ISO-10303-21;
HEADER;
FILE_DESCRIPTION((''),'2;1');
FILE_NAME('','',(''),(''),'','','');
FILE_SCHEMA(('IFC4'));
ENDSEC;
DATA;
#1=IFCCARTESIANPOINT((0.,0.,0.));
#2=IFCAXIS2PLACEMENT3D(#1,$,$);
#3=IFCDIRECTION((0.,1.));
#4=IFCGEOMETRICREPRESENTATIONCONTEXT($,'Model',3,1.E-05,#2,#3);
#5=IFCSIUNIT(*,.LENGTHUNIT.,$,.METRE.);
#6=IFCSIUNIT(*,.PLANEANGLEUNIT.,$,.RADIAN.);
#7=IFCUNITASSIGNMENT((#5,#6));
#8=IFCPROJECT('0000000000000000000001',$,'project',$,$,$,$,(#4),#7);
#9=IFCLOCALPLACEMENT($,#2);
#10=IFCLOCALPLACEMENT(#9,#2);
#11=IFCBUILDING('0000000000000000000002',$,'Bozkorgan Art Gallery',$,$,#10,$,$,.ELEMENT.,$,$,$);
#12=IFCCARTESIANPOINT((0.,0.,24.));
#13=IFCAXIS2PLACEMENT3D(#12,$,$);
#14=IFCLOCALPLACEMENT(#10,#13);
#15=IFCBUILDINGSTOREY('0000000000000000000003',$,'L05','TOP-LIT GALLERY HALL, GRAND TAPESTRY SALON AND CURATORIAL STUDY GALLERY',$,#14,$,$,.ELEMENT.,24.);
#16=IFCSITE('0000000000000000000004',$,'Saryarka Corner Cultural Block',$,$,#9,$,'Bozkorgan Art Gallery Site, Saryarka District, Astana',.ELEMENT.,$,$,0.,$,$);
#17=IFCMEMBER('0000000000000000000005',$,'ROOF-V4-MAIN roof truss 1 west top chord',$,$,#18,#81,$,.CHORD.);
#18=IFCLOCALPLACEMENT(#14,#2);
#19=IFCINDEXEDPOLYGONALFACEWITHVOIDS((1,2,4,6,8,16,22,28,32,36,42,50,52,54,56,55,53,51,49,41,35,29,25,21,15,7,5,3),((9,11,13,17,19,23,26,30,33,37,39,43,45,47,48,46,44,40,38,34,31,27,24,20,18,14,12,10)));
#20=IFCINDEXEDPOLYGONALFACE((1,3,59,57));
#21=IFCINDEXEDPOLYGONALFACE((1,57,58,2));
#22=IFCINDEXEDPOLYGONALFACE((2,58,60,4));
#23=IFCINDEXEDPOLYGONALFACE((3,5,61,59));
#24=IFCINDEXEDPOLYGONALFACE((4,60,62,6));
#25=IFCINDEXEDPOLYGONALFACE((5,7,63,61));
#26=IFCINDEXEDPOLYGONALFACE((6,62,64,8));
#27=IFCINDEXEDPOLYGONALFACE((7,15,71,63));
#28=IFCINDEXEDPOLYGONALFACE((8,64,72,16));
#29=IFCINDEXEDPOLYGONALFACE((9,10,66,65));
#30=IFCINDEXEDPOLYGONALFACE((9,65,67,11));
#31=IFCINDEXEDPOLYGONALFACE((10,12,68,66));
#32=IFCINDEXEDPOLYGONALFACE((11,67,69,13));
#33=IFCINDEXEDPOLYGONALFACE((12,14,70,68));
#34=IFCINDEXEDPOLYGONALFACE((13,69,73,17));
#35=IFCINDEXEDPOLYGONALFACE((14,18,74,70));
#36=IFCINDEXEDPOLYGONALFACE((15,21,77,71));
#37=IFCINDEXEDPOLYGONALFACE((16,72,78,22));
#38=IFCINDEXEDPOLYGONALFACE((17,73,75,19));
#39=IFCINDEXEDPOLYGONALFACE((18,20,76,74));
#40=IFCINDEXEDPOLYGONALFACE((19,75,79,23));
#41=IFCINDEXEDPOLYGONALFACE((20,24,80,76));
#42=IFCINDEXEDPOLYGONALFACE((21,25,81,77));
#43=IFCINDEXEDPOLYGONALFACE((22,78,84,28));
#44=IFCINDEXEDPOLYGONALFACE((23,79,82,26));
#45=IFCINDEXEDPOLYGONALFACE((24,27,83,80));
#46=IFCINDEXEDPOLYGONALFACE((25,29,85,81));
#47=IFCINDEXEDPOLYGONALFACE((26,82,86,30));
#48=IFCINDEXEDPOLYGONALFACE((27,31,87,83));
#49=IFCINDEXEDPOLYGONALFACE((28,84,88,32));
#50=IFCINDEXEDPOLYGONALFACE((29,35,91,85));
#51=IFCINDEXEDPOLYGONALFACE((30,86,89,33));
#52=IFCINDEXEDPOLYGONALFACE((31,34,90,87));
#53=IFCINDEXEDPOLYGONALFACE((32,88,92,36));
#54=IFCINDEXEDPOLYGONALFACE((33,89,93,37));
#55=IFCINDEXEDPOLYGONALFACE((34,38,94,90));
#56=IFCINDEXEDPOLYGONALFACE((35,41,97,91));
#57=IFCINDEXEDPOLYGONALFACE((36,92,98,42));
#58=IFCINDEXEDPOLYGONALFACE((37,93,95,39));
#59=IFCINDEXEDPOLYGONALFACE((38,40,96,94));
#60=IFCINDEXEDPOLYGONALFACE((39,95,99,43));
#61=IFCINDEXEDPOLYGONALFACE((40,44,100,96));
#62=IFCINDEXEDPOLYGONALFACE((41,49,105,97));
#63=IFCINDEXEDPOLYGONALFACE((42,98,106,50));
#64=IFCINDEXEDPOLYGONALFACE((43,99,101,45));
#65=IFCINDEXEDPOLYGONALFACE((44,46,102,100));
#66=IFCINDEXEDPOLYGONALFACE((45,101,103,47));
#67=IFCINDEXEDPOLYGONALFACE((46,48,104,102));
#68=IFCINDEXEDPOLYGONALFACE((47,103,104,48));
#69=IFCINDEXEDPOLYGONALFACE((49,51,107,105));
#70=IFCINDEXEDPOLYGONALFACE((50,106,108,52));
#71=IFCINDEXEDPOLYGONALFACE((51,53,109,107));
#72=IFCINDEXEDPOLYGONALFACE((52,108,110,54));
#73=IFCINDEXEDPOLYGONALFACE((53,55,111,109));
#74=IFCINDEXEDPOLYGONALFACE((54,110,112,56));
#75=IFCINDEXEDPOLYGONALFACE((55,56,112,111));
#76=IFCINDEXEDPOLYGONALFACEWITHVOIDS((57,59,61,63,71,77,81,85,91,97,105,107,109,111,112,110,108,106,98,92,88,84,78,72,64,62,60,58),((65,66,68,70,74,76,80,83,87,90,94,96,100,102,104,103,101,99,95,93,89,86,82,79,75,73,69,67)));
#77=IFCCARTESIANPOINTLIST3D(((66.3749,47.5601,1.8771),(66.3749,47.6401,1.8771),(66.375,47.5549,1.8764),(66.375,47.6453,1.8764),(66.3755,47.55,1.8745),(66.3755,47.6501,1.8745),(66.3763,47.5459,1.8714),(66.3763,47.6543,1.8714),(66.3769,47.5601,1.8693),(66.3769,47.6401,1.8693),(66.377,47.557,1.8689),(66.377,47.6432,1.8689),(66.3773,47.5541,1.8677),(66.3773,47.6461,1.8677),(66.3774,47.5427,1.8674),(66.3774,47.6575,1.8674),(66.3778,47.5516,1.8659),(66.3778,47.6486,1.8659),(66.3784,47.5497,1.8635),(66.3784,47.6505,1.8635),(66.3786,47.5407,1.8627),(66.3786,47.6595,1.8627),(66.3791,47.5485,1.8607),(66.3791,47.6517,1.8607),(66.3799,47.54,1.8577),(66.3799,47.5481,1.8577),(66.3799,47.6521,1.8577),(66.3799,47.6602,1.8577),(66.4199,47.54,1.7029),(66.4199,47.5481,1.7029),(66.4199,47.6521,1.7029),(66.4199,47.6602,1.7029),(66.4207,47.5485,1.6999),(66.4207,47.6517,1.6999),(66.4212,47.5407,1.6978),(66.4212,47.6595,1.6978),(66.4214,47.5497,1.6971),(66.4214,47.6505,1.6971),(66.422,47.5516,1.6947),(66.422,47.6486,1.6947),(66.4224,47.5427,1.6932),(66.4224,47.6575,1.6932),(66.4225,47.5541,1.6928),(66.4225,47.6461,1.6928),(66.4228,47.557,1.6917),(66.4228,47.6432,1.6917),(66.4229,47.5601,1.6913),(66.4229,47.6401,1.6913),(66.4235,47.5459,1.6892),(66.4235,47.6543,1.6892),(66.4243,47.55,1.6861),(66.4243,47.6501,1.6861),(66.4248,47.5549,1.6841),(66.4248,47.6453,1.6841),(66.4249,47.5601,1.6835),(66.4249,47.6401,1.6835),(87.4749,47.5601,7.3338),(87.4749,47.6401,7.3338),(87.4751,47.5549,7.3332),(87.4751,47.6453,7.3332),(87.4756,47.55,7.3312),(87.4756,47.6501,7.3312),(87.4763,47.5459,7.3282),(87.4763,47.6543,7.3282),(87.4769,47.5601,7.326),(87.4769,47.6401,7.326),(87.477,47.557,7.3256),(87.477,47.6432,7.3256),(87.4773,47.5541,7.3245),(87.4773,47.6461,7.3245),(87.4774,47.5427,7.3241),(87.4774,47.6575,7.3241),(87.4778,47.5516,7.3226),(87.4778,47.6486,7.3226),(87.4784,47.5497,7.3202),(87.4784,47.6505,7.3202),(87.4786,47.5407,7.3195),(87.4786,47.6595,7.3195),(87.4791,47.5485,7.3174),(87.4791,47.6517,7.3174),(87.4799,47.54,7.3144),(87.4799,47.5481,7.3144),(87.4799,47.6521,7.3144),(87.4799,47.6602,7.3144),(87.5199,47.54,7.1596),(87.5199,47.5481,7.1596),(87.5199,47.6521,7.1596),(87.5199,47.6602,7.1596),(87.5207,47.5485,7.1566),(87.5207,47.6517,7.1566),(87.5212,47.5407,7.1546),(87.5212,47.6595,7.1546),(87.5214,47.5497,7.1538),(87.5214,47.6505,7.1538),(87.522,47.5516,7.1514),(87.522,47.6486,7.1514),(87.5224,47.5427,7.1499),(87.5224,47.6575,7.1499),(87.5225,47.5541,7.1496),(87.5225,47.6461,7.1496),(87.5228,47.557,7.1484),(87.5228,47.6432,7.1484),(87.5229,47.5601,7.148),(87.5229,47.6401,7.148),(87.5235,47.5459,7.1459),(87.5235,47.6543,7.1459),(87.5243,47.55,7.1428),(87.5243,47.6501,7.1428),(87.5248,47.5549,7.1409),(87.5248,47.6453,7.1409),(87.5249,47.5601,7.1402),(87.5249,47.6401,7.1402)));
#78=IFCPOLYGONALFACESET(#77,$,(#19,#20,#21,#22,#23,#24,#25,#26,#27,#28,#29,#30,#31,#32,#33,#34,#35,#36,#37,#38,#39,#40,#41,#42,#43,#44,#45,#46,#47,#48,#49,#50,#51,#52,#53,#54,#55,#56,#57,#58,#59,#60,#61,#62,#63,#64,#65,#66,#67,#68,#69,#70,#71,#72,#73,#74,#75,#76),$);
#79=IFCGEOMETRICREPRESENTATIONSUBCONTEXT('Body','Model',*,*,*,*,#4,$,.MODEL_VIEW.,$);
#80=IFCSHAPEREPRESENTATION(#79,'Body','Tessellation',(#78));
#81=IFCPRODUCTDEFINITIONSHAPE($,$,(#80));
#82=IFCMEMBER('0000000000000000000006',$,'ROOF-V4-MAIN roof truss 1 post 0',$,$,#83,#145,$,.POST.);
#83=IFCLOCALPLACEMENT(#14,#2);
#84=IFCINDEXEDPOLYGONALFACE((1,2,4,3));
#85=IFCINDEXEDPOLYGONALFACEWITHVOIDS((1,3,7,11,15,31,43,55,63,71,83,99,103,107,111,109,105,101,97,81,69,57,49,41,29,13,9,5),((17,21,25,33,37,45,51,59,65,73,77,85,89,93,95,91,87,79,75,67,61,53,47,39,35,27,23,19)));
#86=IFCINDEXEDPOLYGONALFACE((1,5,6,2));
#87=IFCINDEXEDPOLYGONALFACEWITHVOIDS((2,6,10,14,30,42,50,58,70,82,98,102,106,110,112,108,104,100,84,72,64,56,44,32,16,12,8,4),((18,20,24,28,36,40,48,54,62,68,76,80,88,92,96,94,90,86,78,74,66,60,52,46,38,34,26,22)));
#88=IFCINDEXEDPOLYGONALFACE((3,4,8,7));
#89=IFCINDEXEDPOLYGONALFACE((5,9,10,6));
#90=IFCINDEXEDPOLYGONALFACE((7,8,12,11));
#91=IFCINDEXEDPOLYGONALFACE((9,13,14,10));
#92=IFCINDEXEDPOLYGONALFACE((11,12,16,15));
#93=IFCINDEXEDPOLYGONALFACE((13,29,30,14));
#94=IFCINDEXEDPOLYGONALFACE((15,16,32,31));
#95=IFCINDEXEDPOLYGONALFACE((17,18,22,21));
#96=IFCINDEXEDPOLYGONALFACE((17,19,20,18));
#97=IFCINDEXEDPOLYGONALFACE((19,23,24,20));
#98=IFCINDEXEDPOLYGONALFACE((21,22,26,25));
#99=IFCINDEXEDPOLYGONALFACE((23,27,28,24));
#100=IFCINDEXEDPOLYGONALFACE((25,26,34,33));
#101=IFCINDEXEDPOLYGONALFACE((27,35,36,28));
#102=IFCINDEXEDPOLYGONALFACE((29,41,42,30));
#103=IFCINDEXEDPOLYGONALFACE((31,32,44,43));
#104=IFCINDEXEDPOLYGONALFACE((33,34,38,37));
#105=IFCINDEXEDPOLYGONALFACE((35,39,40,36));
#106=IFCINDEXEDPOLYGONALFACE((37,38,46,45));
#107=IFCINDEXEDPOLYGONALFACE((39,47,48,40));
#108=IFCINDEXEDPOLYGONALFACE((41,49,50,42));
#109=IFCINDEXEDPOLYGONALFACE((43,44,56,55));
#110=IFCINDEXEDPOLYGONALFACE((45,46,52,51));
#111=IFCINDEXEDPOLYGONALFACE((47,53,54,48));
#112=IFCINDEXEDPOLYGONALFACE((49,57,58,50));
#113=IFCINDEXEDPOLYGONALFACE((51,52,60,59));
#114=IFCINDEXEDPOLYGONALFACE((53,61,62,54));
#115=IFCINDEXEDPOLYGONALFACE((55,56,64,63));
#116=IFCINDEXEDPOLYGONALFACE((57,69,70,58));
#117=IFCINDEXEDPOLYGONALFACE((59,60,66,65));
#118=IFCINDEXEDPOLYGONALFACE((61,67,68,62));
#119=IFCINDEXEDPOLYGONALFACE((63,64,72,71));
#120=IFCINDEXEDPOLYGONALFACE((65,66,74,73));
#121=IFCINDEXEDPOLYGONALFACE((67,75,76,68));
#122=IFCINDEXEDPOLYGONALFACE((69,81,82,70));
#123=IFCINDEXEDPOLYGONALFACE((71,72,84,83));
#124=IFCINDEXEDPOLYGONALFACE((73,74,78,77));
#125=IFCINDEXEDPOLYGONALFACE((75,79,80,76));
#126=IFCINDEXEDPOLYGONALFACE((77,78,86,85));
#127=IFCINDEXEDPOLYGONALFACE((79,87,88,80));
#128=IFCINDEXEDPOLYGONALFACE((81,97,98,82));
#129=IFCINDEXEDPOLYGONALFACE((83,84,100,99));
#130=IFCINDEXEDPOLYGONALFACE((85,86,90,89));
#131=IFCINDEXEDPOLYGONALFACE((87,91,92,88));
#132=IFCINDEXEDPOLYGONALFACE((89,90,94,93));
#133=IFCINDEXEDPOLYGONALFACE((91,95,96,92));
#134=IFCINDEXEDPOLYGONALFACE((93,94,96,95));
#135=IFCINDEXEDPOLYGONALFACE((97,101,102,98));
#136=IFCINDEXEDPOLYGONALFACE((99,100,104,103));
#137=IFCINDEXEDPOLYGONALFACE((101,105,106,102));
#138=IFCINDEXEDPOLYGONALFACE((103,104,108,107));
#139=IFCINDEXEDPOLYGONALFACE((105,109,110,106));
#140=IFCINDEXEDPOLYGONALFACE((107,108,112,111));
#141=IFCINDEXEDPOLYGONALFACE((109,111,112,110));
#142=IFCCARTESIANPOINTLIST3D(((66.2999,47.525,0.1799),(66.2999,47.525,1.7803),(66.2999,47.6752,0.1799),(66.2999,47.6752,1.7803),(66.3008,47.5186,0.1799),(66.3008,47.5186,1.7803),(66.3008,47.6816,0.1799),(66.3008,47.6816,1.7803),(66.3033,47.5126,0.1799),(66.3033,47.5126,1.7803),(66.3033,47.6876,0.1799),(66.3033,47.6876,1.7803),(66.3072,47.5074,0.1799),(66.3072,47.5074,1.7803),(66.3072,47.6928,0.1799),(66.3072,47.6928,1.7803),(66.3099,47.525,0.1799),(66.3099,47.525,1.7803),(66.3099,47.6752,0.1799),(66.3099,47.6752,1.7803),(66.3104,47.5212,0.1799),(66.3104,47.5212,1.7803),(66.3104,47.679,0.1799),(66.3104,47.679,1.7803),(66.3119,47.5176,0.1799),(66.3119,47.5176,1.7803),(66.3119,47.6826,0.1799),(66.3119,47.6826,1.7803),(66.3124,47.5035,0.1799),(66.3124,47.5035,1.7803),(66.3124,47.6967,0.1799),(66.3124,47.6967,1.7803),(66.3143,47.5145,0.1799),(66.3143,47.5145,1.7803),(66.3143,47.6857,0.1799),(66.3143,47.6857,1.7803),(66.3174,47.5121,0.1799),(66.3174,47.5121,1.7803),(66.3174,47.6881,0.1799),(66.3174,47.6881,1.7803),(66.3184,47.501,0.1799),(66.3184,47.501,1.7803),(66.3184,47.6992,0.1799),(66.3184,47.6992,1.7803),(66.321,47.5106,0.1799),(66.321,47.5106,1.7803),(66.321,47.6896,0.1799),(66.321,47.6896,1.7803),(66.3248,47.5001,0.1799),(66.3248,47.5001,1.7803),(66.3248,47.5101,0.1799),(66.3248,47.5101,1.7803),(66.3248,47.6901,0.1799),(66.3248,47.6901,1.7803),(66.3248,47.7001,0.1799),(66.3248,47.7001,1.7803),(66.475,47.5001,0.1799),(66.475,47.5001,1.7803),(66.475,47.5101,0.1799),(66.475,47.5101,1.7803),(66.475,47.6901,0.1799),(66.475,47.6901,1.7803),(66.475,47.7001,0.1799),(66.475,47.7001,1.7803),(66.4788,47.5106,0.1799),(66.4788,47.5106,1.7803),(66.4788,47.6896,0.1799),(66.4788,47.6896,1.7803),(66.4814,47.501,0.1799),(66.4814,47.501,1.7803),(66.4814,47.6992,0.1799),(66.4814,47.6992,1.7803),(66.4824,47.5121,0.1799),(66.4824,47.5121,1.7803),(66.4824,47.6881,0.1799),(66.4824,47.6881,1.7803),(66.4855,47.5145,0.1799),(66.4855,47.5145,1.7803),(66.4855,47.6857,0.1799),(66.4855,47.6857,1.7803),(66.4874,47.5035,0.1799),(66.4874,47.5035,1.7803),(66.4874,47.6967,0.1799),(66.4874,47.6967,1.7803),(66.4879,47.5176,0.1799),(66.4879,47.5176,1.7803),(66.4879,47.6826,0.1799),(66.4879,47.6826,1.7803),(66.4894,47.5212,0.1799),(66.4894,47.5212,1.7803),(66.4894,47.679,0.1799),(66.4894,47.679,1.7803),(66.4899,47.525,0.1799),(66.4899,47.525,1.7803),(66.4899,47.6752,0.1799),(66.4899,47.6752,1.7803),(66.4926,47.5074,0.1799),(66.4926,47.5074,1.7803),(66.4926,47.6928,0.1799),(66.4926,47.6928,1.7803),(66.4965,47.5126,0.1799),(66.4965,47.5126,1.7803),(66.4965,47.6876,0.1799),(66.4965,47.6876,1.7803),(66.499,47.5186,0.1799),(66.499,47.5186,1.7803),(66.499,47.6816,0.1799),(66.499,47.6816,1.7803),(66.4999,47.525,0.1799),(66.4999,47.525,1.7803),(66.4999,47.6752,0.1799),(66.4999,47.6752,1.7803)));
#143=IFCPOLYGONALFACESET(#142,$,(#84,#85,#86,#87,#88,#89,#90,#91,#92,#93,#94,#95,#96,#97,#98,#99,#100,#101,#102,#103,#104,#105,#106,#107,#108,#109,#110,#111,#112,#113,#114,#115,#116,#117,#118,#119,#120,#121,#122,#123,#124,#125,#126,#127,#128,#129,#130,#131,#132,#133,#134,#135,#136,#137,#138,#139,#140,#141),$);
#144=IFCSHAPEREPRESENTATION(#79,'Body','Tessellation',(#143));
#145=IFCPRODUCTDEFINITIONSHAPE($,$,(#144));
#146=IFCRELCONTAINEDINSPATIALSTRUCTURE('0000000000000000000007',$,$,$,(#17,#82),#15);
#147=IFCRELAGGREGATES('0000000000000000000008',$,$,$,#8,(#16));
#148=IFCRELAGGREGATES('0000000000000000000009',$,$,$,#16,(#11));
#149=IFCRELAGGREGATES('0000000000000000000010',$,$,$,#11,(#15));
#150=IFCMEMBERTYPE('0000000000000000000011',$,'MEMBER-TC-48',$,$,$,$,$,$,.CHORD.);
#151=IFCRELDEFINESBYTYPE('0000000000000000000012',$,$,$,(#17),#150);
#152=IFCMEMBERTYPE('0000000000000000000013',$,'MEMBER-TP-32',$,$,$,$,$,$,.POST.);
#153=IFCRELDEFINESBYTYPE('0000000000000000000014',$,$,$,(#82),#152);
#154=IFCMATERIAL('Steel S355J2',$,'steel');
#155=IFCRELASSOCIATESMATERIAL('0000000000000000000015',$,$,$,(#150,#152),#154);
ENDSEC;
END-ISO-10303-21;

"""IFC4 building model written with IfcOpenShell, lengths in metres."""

from ifc_helpers import new_model, si_unit, direction, frame, origin, origin_2d, place, context, subcontext, project, spatial, hollow_rectangle, extrude, material, material_profile, profile_set, type_object, element, save


model = new_model("IFC4")

# Units and contexts
model_context = context("Model", 3, precision=1e-05, world=origin(), true_north=direction((0.0, 1.0)))
body_context = subcontext(model_context, "Body", "Model", "MODEL_VIEW")
ifc_project = project(units=[si_unit("LENGTHUNIT", "METRE"), si_unit("PLANEANGLEUNIT", "RADIAN")], contexts=[model_context])

# Site, building, storey
site_placement = place(None, origin())
site = spatial("IfcSite", under=ifc_project, at=site_placement, Name="Saryarka Corner Cultural Block", LongName="Bozkorgan Art Gallery Site, Saryarka District, Astana", CompositionType="ELEMENT", RefElevation=0.0)
building_placement = place(site_placement, origin())
building = spatial("IfcBuilding", under=site, at=building_placement, Name="Bozkorgan Art Gallery", CompositionType="ELEMENT")
storey_placement = place(building_placement, frame((0.0, 0.0, 24.0)))
storey = spatial("IfcBuildingStorey", under=building, at=storey_placement, Name="L05", Description="TOP-LIT GALLERY HALL, GRAND TAPESTRY SALON AND CURATORIAL STUDY GALLERY", CompositionType="ELEMENT", Elevation=24.0)

# Shared definitions
ifc_material_1 = material(Name="Steel S355J2", Category="steel")

# Members
ifc_material_profile_1 = material_profile(ifc_material_1, hollow_rectangle(XDim=0.1201, YDim=0.2, WallThickness=0.0081, InnerFilletRadius=0.012, OuterFilletRadius=0.02, at=origin_2d()), Name="RHS 200x120x8")
ifc_profile_set_1 = profile_set([ifc_material_profile_1], Name="Steel S355J2")
member_type_1 = type_object("IfcMemberType", Name="MEMBER-TC-48", PredefinedType="CHORD", material=ifc_profile_set_1)
member_1_placement = place(storey_placement, frame((66.3999, 47.6001, 1.7803), z_axis=(0.968148, 0.0, 0.250377), x_axis=(0.0, 1.0, 0.0)))
element("IfcMember", 1, at=member_1_placement, inside=storey, type_object=member_type_1, Name="ROOF-V4-MAIN roof truss 1 west top chord", PredefinedType="CHORD", context=body_context, shape_type="SweptSolid", body=[
    extrude(hollow_rectangle(XDim=0.1201, YDim=0.2, WallThickness=0.0081, InnerFilletRadius=0.012, OuterFilletRadius=0.02, at=origin_2d()), origin(), (0.0, 0.0, 1.0), 21.7942),
])
ifc_material_profile_2 = material_profile(ifc_material_1, hollow_rectangle(XDim=0.2, YDim=0.2, WallThickness=0.01, InnerFilletRadius=0.0149, OuterFilletRadius=0.0249, at=origin_2d()), Name="SHS 200x200x10")
ifc_profile_set_2 = profile_set([ifc_material_profile_2], Name="Steel S355J2")
member_type_2 = type_object("IfcMemberType", Name="MEMBER-TP-32", PredefinedType="POST", material=ifc_profile_set_2)
member_2_placement = place(storey_placement, frame((66.3999, 47.6001, 0.1799), z_axis=(0.0, 0.0, 1.0), x_axis=(1.0, 0.0, 0.0)))
element("IfcMember", 2, at=member_2_placement, inside=storey, type_object=member_type_2, Name="ROOF-V4-MAIN roof truss 1 post 0", PredefinedType="POST", context=body_context, shape_type="SweptSolid", body=[
    extrude(hollow_rectangle(XDim=0.2, YDim=0.2, WallThickness=0.01, InnerFilletRadius=0.0149, OuterFilletRadius=0.0249, at=origin_2d()), origin(), (0.0, 0.0, 1.0), 1.6003),
])

save(model, "model.ifc")
